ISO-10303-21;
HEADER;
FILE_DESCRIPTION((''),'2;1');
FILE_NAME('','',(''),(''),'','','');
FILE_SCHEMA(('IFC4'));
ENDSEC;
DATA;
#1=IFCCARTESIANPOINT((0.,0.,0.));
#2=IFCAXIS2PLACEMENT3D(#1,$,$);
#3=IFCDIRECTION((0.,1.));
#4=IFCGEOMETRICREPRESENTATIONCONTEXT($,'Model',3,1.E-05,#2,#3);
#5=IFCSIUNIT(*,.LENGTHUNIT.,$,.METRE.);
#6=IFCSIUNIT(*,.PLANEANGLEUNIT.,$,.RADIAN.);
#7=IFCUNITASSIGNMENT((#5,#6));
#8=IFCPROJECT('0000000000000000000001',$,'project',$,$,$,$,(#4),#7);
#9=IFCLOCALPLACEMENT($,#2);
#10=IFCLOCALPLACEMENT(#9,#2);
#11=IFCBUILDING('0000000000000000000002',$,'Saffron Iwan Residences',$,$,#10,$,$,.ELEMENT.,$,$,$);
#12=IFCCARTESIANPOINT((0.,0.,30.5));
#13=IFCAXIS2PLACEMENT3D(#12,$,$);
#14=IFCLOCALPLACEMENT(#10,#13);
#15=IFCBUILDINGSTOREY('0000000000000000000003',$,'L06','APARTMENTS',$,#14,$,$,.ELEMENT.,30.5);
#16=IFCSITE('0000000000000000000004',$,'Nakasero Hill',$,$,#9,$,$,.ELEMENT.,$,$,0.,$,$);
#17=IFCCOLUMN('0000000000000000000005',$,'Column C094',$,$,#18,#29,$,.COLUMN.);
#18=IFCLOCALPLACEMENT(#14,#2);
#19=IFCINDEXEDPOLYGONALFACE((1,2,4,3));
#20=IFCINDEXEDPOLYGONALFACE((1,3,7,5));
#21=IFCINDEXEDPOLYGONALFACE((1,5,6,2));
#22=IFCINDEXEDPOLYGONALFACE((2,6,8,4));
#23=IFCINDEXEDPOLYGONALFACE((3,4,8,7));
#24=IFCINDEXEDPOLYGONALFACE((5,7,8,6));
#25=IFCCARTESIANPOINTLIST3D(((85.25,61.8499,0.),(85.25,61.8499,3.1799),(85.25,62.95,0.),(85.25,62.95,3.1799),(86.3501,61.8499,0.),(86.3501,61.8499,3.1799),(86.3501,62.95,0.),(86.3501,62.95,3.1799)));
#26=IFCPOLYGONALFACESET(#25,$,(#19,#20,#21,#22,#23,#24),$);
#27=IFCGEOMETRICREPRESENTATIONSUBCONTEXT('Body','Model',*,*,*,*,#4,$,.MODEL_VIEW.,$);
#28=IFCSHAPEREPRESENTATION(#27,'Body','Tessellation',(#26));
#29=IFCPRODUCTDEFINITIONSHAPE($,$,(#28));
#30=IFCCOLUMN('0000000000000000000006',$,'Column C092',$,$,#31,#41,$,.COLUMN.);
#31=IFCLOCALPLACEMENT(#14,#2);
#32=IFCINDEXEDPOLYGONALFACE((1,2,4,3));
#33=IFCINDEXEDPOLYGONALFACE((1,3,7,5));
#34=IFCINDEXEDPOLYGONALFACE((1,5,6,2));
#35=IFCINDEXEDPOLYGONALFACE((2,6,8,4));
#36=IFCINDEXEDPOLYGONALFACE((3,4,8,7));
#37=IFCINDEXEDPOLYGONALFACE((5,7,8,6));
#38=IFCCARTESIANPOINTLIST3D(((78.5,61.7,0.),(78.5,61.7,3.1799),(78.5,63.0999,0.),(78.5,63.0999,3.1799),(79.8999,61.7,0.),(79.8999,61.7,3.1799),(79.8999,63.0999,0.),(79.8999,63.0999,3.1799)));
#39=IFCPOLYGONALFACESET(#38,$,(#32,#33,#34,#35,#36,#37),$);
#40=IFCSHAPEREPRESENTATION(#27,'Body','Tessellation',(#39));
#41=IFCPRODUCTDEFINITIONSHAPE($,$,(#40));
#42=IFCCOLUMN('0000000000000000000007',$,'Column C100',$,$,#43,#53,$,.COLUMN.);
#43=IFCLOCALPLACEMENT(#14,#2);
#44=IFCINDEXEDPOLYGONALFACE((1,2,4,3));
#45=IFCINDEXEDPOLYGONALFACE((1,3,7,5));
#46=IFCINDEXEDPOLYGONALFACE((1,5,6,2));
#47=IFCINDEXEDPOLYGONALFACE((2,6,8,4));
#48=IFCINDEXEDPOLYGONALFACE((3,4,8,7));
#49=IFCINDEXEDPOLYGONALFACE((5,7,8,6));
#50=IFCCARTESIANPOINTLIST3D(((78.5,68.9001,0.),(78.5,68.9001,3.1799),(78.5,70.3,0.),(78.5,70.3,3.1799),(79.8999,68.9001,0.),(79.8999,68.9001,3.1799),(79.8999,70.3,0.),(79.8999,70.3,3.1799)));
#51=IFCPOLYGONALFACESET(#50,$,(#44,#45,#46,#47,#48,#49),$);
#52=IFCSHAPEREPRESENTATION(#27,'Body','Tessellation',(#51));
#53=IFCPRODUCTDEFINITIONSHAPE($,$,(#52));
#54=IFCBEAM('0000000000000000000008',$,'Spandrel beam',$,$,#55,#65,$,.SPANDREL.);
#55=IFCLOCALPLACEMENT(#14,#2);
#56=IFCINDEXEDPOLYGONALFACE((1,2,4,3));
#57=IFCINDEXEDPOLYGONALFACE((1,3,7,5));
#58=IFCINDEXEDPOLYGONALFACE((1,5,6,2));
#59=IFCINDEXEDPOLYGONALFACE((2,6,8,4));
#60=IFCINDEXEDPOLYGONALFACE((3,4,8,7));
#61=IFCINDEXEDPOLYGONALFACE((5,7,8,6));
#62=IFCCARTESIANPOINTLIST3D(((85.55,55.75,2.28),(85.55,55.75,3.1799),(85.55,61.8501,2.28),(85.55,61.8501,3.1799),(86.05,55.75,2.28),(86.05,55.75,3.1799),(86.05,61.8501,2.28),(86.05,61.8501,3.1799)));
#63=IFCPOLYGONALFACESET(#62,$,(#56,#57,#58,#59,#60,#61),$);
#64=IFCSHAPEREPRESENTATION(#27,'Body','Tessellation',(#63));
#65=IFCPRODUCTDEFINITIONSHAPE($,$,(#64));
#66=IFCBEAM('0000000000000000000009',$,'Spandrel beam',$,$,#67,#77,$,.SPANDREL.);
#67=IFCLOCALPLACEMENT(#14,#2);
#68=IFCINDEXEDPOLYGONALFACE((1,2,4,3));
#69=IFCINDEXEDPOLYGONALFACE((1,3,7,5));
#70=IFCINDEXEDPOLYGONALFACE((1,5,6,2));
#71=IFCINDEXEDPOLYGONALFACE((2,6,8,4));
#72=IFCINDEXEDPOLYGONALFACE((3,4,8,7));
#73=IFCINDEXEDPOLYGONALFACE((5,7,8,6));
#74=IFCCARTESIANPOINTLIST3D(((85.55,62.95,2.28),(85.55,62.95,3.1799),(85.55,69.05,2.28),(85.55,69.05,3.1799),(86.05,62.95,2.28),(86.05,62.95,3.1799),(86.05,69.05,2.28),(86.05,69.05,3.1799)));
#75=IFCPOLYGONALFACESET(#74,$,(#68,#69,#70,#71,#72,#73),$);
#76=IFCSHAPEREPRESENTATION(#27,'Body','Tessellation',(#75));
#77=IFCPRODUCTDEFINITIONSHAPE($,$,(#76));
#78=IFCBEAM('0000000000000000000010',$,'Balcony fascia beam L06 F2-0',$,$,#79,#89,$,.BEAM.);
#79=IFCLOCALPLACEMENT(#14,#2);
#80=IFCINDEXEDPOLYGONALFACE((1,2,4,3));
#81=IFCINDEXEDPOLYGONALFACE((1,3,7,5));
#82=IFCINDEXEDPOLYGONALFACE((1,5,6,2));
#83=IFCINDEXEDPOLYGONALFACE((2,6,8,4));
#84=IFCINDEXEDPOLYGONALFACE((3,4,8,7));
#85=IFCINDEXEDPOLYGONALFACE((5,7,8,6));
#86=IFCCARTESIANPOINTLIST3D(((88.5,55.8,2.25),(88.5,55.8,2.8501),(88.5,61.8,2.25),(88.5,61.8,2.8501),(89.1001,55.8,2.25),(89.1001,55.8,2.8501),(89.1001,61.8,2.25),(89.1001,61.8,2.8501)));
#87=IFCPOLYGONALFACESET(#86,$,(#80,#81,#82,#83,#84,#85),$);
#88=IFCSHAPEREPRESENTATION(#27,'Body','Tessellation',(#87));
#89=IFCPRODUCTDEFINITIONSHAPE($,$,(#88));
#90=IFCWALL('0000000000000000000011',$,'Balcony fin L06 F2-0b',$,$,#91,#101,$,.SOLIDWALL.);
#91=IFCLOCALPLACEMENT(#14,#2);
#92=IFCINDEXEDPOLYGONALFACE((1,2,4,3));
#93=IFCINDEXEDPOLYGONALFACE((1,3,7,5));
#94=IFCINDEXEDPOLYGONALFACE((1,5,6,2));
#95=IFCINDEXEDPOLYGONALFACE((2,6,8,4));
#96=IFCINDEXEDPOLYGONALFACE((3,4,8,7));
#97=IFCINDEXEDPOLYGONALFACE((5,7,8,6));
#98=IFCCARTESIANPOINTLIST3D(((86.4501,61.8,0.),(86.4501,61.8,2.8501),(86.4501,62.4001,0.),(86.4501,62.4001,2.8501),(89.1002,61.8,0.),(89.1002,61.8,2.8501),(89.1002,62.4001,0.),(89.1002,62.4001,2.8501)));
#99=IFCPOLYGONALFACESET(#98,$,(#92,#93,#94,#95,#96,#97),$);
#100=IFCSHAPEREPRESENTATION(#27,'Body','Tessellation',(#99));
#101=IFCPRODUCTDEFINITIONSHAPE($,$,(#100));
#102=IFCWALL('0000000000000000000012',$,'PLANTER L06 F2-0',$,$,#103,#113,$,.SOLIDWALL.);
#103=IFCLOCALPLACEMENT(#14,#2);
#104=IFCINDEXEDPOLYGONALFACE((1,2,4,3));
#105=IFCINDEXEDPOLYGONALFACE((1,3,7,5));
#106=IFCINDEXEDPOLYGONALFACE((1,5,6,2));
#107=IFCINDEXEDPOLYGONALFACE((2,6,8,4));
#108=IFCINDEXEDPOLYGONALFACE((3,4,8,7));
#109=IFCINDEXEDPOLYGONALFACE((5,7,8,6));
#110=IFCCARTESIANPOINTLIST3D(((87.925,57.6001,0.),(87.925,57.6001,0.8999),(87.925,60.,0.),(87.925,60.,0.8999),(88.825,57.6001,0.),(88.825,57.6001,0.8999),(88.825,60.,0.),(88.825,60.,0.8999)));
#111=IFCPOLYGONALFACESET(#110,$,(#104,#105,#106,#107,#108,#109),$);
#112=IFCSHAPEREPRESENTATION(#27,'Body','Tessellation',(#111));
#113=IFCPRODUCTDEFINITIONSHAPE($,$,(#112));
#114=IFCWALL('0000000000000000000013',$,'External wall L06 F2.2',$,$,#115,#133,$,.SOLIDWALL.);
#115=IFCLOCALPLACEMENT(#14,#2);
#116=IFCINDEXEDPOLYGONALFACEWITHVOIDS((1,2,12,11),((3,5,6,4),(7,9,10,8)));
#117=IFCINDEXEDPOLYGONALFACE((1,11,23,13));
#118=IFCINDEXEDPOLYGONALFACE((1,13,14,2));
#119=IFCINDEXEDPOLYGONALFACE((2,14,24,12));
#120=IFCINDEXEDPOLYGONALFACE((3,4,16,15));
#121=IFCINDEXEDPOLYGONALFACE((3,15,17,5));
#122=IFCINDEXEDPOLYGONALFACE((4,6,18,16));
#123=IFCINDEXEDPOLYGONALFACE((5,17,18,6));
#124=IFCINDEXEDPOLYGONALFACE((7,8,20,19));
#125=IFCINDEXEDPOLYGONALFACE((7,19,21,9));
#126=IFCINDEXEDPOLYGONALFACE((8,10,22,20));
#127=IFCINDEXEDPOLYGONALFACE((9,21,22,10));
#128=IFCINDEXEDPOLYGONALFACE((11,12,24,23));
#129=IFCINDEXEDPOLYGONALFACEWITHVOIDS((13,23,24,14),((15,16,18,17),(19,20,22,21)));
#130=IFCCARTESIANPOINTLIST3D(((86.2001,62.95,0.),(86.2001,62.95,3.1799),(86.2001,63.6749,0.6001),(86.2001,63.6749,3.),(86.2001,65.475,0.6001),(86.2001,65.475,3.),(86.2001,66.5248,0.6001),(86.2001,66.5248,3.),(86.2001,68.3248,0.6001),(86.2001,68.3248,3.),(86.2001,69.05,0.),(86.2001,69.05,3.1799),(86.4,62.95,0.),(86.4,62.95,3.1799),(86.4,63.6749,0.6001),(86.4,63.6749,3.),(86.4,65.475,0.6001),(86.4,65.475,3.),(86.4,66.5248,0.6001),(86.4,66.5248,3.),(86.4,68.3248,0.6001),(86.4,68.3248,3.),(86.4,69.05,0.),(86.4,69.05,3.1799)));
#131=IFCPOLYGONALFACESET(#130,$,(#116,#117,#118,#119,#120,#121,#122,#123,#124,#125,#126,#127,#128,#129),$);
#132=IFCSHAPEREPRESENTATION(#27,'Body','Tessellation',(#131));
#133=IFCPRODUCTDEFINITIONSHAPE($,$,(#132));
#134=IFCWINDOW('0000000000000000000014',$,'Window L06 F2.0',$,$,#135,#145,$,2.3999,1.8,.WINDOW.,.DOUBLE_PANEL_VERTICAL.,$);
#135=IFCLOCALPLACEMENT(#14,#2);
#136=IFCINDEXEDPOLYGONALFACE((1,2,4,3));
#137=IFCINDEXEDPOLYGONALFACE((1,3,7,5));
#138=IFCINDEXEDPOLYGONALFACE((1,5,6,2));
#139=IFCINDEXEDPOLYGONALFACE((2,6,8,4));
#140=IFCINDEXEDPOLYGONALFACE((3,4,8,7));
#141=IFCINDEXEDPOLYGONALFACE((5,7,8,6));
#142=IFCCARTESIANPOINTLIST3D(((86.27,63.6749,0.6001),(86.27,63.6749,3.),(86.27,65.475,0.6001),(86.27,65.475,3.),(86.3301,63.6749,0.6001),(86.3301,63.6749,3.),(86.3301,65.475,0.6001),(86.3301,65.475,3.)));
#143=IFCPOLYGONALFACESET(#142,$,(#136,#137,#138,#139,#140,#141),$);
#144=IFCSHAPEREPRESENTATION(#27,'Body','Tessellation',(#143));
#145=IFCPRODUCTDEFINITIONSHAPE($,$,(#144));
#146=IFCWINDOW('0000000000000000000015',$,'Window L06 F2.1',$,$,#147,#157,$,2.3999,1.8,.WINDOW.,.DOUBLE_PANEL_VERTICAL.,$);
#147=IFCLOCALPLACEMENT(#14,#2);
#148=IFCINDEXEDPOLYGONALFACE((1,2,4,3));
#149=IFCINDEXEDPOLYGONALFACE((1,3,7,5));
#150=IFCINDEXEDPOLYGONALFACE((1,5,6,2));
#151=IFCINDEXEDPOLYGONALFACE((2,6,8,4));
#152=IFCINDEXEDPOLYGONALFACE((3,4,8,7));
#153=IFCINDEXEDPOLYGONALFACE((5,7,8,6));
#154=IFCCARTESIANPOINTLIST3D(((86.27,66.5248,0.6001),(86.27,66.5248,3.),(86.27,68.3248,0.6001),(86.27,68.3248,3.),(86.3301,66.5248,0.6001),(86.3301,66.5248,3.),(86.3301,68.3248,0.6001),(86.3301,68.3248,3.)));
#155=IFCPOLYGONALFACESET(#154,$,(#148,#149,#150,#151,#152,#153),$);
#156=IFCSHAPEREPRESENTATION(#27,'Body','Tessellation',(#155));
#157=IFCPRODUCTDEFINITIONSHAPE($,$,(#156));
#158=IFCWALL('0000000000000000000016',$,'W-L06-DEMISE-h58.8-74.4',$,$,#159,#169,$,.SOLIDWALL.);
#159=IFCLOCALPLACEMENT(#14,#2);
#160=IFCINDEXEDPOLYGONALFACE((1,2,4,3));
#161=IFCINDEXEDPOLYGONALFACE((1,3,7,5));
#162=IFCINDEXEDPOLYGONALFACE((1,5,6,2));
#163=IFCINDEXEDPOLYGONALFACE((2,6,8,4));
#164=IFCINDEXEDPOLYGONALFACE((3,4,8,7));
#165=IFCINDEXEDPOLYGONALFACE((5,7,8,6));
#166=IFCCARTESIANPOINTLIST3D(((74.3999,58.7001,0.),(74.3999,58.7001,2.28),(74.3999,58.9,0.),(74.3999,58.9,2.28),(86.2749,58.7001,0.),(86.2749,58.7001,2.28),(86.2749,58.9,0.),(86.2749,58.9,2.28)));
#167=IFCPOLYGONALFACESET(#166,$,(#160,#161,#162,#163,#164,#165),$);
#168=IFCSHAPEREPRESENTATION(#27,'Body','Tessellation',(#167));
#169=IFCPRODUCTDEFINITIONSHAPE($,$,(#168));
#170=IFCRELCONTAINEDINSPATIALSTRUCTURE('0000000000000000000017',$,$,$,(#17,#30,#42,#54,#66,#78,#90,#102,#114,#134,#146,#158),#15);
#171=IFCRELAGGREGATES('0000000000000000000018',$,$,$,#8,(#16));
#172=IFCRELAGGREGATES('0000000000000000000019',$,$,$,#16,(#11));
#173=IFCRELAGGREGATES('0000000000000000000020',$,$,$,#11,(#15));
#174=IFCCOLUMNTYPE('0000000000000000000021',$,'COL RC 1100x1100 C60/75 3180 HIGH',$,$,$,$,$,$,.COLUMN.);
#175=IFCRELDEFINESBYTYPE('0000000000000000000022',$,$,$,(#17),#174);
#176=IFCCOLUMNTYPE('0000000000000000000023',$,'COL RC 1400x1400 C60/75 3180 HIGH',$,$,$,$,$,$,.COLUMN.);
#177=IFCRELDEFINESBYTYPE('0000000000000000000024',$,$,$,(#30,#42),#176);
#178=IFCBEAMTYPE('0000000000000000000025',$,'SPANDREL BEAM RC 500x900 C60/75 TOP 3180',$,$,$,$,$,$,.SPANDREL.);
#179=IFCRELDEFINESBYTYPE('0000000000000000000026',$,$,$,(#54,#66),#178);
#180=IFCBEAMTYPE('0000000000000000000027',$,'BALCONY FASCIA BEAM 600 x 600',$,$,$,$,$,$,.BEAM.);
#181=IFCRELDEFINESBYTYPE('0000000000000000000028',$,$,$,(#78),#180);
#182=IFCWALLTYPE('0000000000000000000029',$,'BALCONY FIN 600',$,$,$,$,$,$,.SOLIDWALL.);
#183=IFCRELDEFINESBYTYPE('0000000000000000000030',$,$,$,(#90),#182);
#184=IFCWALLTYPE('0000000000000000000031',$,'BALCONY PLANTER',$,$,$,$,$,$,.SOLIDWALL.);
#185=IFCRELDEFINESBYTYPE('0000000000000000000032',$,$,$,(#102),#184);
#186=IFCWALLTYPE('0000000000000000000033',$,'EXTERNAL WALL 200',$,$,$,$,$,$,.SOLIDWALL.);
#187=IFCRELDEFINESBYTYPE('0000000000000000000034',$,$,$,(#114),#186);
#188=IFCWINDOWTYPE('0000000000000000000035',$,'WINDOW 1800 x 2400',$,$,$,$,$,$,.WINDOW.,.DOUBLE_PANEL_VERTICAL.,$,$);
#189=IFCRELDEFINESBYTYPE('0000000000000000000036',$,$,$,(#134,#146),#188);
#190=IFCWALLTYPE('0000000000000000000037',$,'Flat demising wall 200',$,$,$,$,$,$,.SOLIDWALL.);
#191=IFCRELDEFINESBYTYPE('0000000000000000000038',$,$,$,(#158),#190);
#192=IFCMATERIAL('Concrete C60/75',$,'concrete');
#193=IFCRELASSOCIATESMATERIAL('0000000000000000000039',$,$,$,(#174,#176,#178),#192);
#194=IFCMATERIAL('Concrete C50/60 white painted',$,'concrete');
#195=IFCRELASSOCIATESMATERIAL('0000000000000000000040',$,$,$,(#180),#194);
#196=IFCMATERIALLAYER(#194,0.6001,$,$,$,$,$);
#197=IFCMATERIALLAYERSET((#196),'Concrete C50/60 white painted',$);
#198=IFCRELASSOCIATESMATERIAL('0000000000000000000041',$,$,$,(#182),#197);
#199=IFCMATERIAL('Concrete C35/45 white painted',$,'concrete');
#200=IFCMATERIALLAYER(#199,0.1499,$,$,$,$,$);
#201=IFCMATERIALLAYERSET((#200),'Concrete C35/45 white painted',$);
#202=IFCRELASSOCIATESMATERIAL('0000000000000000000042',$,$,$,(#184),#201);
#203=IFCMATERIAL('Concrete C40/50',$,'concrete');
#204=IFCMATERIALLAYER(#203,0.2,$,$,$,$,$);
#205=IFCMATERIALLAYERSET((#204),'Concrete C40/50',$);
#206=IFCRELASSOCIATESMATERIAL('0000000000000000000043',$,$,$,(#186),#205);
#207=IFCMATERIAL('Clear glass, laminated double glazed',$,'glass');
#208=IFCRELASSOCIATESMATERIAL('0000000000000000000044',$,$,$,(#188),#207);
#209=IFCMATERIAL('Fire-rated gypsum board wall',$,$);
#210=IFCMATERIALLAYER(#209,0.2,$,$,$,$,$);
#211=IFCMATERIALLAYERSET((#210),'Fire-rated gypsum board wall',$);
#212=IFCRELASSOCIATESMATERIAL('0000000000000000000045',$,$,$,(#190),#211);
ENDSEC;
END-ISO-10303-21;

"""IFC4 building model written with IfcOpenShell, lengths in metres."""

from ifc_helpers import new_model, si_unit, direction, frame, frame_2d, origin, origin_2d, place, context, subcontext, project, spatial, rectangle, extrude, source, transform, mapped, material, layer, layer_set, material_profile, profile_set, type_object, element, fill, save


model = new_model("IFC4")

# Units and contexts
model_context = context("Model", 3, precision=1e-05, world=origin(), true_north=direction((0.0, 1.0)))
body_context = subcontext(model_context, "Body", "Model", "MODEL_VIEW")
ifc_project = project(units=[si_unit("LENGTHUNIT", "METRE"), si_unit("PLANEANGLEUNIT", "RADIAN")], contexts=[model_context])

# Site, building, storey
site_placement = place(None, origin())
site = spatial("IfcSite", under=ifc_project, at=site_placement, Name="Nakasero Hill", CompositionType="ELEMENT", RefElevation=0.0)
building_placement = place(site_placement, origin())
building = spatial("IfcBuilding", under=site, at=building_placement, Name="Saffron Iwan Residences", CompositionType="ELEMENT")
storey_placement = place(building_placement, frame((0.0, 0.0, 30.5)))
storey = spatial("IfcBuildingStorey", under=building, at=storey_placement, Name="L06", Description="APARTMENTS", CompositionType="ELEMENT", Elevation=30.5)

# Columns
ifc_material_1 = material(Name="Concrete C60/75", Category="concrete")
ifc_material_profile_1 = material_profile(ifc_material_1, rectangle(XDim=1.1001, YDim=1.1001, at=origin_2d()), Name="RC 1100x1100")
ifc_profile_set_1 = profile_set([ifc_material_profile_1], Name="Concrete C60/75")
column_type_1 = type_object("IfcColumnType", Name="COL RC 1100x1100 C60/75 3180 HIGH", PredefinedType="COLUMN", material=ifc_profile_set_1)
shared_shape_1 = source(origin(), body_context, "Body", "SweptSolid", [
    extrude(rectangle(XDim=1.1001, YDim=1.1001, at=origin_2d()), origin(), (0.0, 0.0, 1.0), 3.1799),
])
column_placement = place(storey_placement, frame((85.8, 62.3999, 0.0), z_axis=(0.0, 0.0, 1.0), x_axis=(1.0, 0.0, 0.0)))
element("IfcColumn", 1, at=column_placement, inside=storey, type_object=column_type_1, Name="Column C094", PredefinedType="COLUMN", context=body_context, shape_type="MappedRepresentation", body=[
    mapped(shared_shape_1, transform((0.0, 0.0, 0.0))),
])
ifc_material_profile_2 = material_profile(ifc_material_1, rectangle(XDim=1.3999, YDim=1.3999, at=origin_2d()), Name="RC 1400x1400")
ifc_profile_set_2 = profile_set([ifc_material_profile_2], Name="Concrete C60/75")
column_type_2 = type_object("IfcColumnType", Name="COL RC 1400x1400 C60/75 3180 HIGH", PredefinedType="COLUMN", material=ifc_profile_set_2)
shared_shape_2 = source(origin(), body_context, "Body", "SweptSolid", [
    extrude(rectangle(XDim=1.3999, YDim=1.3999, at=origin_2d()), origin(), (0.0, 0.0, 1.0), 3.1799),
])
for number, where, z_axis, x_axis, name in (
    (2, (79.2, 62.3999, 0.0), (0.0, 0.0, 1.0), (1.0, 0.0, 0.0), "Column C092"),
    (3, (79.2, 69.6001, 0.0), (0.0, 0.0, 1.0), (1.0, 0.0, 0.0), "Column C100"),
):
    element("IfcColumn", number, at=place(storey_placement, frame(where, z_axis=z_axis, x_axis=x_axis)), inside=storey, type_object=column_type_2, Name=name, PredefinedType="COLUMN", context=body_context, shape_type="MappedRepresentation", body=[
        mapped(shared_shape_2, transform((0.0, 0.0, 0.0))),
    ])

# Beams
ifc_material_profile_3 = material_profile(ifc_material_1, rectangle(XDim=0.5, YDim=0.8999, at=origin_2d()), Name="RC 500x900")
ifc_profile_set_3 = profile_set([ifc_material_profile_3], Name="Concrete C60/75")
beam_type_1 = type_object("IfcBeamType", Name="SPANDREL BEAM RC 500x900 C60/75 TOP 3180", PredefinedType="SPANDREL", material=ifc_profile_set_3)
shared_shape_3 = source(origin(), body_context, "Body", "SweptSolid", [
    extrude(rectangle(XDim=0.5, YDim=0.8999, at=origin_2d()), origin(), (0.0, 0.0, 1.0), 6.1001),
])
for number, where, z_axis, x_axis, name in (
    (4, (85.8, 61.8501, 2.73), (0.0, -1.0, 0.0), (1.0, 0.0, 0.0), "Spandrel beam"),
    (5, (85.8, 69.05, 2.73), (0.0, -1.0, 0.0), (1.0, 0.0, 0.0), "Spandrel beam"),
):
    element("IfcBeam", number, at=place(storey_placement, frame(where, z_axis=z_axis, x_axis=x_axis)), inside=storey, type_object=beam_type_1, Name=name, PredefinedType="SPANDREL", context=body_context, shape_type="MappedRepresentation", body=[
        mapped(shared_shape_3, transform((0.0, 0.0, 0.0))),
    ])
ifc_material_2 = material(Name="Concrete C50/60 white painted", Category="concrete")
ifc_material_profile_4 = material_profile(ifc_material_2, rectangle(XDim=0.6001, YDim=0.6001, at=origin_2d()), Name="BALCONY FASCIA BEAM 600 x 600")
ifc_profile_set_4 = profile_set([ifc_material_profile_4], Name="Concrete C50/60 white painted")
beam_type_2 = type_object("IfcBeamType", Name="BALCONY FASCIA BEAM 600 x 600", PredefinedType="BEAM", material=ifc_profile_set_4)
shared_shape_4 = source(origin(), body_context, "Body", "SweptSolid", [
    extrude(rectangle(XDim=0.6001, YDim=0.6001, at=origin_2d()), origin(), (0.0, 0.0, 1.0), 6.0),
])
beam_placement = place(storey_placement, frame((88.8, 55.8, 2.55), z_axis=(0.0, 1.0, 0.0), x_axis=(-1.0, 0.0, 0.0)))
element("IfcBeam", 6, at=beam_placement, inside=storey, type_object=beam_type_2, Name="Balcony fascia beam L06 F2-0", PredefinedType="BEAM", context=body_context, shape_type="MappedRepresentation", body=[
    mapped(shared_shape_4, transform((0.0, 0.0, 0.0))),
])

# Walls
ifc_layer_1 = layer(ifc_material_2, 0.6001)
ifc_layer_set_1 = layer_set([ifc_layer_1], Name="Concrete C50/60 white painted")
wall_type_1 = type_object("IfcWallType", Name="BALCONY FIN 600", PredefinedType="SOLIDWALL", material=ifc_layer_set_1)
wall_1_placement = place(storey_placement, frame((86.45, 62.1001, 0.0), z_axis=(0.0, 0.0, 1.0), x_axis=(1.0, 0.0, 0.0)))
element("IfcWall", 7, at=wall_1_placement, inside=storey, type_object=wall_type_1, Name="Balcony fin L06 F2-0b", PredefinedType="SOLIDWALL", context=body_context, shape_type="SweptSolid", body=[
    extrude(rectangle(XDim=2.6501, YDim=0.6001, at=frame_2d((1.3252, 0.0))), origin(), (0.0, 0.0, 1.0), 2.8501),
])
ifc_material_3 = material(Name="Concrete C35/45 white painted", Category="concrete")
ifc_layer_2 = layer(ifc_material_3, 0.1499)
ifc_layer_set_2 = layer_set([ifc_layer_2], Name="Concrete C35/45 white painted")
wall_type_2 = type_object("IfcWallType", Name="BALCONY PLANTER", PredefinedType="SOLIDWALL", material=ifc_layer_set_2)
wall_2_placement = place(storey_placement, frame((88.375, 57.6001, 0.0), z_axis=(0.0, 0.0, 1.0), x_axis=(0.0, 1.0, 0.0)))
element("IfcWall", 8, at=wall_2_placement, inside=storey, type_object=wall_type_2, Name="PLANTER L06 F2-0", PredefinedType="SOLIDWALL", context=body_context, shape_type="SweptSolid", body=[
    extrude(rectangle(XDim=2.3999, YDim=0.8999, at=frame_2d((1.2, 0.0))), origin(), (0.0, 0.0, 1.0), 0.8999),
])

# Wall, openings, windows
ifc_material_4 = material(Name="Concrete C40/50", Category="concrete")
ifc_layer_3 = layer(ifc_material_4, 0.2)
ifc_layer_set_3 = layer_set([ifc_layer_3], Name="Concrete C40/50")
wall_type_3 = type_object("IfcWallType", Name="EXTERNAL WALL 200", PredefinedType="SOLIDWALL", material=ifc_layer_set_3)
wall_3_placement = place(storey_placement, frame((86.3, 62.95, 0.0), z_axis=(0.0, 0.0, 1.0), x_axis=(0.0, 1.0, 0.0)))
wall_3 = element("IfcWall", 9, at=wall_3_placement, inside=storey, type_object=wall_type_3, Name="External wall L06 F2.2", PredefinedType="SOLIDWALL", context=body_context, shape_type="SweptSolid", body=[
    extrude(rectangle(XDim=6.1001, YDim=0.2, at=frame_2d((3.05, 0.0))), origin(), (0.0, 0.0, 1.0), 3.1799),
])
opening_1_placement = place(wall_3_placement, frame((0.7251, 0.0, 0.6001)))
opening_1 = element("IfcOpeningElement", 10, at=opening_1_placement, cuts=wall_3, PredefinedType="OPENING", context=body_context, shape_type="SweptSolid", body=[
    extrude(rectangle(XDim=1.8, YDim=2.3999, at=frame_2d((0.8999, 1.2))), frame((0.0, 0.1099, 0.0), z_axis=(0.0, -1.0, 0.0), x_axis=(1.0, 0.0, 0.0)), (0.0, 0.0, 1.0), 0.22),
])
opening_2_placement = place(wall_3_placement, frame((3.575, 0.0, 0.6001)))
opening_2 = element("IfcOpeningElement", 11, at=opening_2_placement, cuts=wall_3, PredefinedType="OPENING", context=body_context, shape_type="SweptSolid", body=[
    extrude(rectangle(XDim=1.8, YDim=2.3999, at=frame_2d((0.8999, 1.2))), frame((0.0, 0.1099, 0.0), z_axis=(0.0, -1.0, 0.0), x_axis=(1.0, 0.0, 0.0)), (0.0, 0.0, 1.0), 0.22),
])
ifc_material_5 = material(Name="Clear glass, laminated double glazed", Category="glass")
window_type = type_object("IfcWindowType", Name="WINDOW 1800 x 2400", PartitioningType="DOUBLE_PANEL_VERTICAL", PredefinedType="WINDOW", material=ifc_material_5)
window_1_placement = place(opening_1_placement, origin())
window_1 = element("IfcWindow", 12, at=window_1_placement, inside=storey, type_object=window_type, Name="Window L06 F2.0", OverallHeight=2.3999, OverallWidth=1.8, PartitioningType="DOUBLE_PANEL_VERTICAL", PredefinedType="WINDOW", context=body_context, shape_type="SweptSolid", body=[
    extrude(rectangle(XDim=1.8, YDim=2.3999, at=frame_2d((0.8999, 1.2))), frame((0.0, 0.03, 0.0), z_axis=(0.0, -1.0, 0.0), x_axis=(1.0, 0.0, 0.0)), (0.0, 0.0, 1.0), 0.0601),
])
fill(opening_1, window_1)
window_2_placement = place(opening_2_placement, origin())
window_2 = element("IfcWindow", 13, at=window_2_placement, inside=storey, type_object=window_type, Name="Window L06 F2.1", OverallHeight=2.3999, OverallWidth=1.8, PartitioningType="DOUBLE_PANEL_VERTICAL", PredefinedType="WINDOW", context=body_context, shape_type="SweptSolid", body=[
    extrude(rectangle(XDim=1.8, YDim=2.3999, at=frame_2d((0.8999, 1.2))), frame((0.0, 0.03, 0.0), z_axis=(0.0, -1.0, 0.0), x_axis=(1.0, 0.0, 0.0)), (0.0, 0.0, 1.0), 0.0601),
])
fill(opening_2, window_2)

# Wall
ifc_material_6 = material(Name="Fire-rated gypsum board wall")
ifc_layer_4 = layer(ifc_material_6, 0.2)
ifc_layer_set_4 = layer_set([ifc_layer_4], Name="Fire-rated gypsum board wall")
wall_type_4 = type_object("IfcWallType", Name="Flat demising wall 200", PredefinedType="SOLIDWALL", material=ifc_layer_set_4)
wall_4_placement = place(storey_placement, frame((74.3999, 58.8, 0.0), z_axis=(0.0, 0.0, 1.0), x_axis=(1.0, 0.0, 0.0)))
element("IfcWall", 14, at=wall_4_placement, inside=storey, type_object=wall_type_4, Name="W-L06-DEMISE-h58.8-74.4", PredefinedType="SOLIDWALL", context=body_context, shape_type="SweptSolid", body=[
    extrude(rectangle(XDim=11.875, YDim=0.2, at=frame_2d((5.9375, 0.0))), origin(), (0.0, 0.0, 1.0), 2.28),
])

save(model, "model.ifc")
